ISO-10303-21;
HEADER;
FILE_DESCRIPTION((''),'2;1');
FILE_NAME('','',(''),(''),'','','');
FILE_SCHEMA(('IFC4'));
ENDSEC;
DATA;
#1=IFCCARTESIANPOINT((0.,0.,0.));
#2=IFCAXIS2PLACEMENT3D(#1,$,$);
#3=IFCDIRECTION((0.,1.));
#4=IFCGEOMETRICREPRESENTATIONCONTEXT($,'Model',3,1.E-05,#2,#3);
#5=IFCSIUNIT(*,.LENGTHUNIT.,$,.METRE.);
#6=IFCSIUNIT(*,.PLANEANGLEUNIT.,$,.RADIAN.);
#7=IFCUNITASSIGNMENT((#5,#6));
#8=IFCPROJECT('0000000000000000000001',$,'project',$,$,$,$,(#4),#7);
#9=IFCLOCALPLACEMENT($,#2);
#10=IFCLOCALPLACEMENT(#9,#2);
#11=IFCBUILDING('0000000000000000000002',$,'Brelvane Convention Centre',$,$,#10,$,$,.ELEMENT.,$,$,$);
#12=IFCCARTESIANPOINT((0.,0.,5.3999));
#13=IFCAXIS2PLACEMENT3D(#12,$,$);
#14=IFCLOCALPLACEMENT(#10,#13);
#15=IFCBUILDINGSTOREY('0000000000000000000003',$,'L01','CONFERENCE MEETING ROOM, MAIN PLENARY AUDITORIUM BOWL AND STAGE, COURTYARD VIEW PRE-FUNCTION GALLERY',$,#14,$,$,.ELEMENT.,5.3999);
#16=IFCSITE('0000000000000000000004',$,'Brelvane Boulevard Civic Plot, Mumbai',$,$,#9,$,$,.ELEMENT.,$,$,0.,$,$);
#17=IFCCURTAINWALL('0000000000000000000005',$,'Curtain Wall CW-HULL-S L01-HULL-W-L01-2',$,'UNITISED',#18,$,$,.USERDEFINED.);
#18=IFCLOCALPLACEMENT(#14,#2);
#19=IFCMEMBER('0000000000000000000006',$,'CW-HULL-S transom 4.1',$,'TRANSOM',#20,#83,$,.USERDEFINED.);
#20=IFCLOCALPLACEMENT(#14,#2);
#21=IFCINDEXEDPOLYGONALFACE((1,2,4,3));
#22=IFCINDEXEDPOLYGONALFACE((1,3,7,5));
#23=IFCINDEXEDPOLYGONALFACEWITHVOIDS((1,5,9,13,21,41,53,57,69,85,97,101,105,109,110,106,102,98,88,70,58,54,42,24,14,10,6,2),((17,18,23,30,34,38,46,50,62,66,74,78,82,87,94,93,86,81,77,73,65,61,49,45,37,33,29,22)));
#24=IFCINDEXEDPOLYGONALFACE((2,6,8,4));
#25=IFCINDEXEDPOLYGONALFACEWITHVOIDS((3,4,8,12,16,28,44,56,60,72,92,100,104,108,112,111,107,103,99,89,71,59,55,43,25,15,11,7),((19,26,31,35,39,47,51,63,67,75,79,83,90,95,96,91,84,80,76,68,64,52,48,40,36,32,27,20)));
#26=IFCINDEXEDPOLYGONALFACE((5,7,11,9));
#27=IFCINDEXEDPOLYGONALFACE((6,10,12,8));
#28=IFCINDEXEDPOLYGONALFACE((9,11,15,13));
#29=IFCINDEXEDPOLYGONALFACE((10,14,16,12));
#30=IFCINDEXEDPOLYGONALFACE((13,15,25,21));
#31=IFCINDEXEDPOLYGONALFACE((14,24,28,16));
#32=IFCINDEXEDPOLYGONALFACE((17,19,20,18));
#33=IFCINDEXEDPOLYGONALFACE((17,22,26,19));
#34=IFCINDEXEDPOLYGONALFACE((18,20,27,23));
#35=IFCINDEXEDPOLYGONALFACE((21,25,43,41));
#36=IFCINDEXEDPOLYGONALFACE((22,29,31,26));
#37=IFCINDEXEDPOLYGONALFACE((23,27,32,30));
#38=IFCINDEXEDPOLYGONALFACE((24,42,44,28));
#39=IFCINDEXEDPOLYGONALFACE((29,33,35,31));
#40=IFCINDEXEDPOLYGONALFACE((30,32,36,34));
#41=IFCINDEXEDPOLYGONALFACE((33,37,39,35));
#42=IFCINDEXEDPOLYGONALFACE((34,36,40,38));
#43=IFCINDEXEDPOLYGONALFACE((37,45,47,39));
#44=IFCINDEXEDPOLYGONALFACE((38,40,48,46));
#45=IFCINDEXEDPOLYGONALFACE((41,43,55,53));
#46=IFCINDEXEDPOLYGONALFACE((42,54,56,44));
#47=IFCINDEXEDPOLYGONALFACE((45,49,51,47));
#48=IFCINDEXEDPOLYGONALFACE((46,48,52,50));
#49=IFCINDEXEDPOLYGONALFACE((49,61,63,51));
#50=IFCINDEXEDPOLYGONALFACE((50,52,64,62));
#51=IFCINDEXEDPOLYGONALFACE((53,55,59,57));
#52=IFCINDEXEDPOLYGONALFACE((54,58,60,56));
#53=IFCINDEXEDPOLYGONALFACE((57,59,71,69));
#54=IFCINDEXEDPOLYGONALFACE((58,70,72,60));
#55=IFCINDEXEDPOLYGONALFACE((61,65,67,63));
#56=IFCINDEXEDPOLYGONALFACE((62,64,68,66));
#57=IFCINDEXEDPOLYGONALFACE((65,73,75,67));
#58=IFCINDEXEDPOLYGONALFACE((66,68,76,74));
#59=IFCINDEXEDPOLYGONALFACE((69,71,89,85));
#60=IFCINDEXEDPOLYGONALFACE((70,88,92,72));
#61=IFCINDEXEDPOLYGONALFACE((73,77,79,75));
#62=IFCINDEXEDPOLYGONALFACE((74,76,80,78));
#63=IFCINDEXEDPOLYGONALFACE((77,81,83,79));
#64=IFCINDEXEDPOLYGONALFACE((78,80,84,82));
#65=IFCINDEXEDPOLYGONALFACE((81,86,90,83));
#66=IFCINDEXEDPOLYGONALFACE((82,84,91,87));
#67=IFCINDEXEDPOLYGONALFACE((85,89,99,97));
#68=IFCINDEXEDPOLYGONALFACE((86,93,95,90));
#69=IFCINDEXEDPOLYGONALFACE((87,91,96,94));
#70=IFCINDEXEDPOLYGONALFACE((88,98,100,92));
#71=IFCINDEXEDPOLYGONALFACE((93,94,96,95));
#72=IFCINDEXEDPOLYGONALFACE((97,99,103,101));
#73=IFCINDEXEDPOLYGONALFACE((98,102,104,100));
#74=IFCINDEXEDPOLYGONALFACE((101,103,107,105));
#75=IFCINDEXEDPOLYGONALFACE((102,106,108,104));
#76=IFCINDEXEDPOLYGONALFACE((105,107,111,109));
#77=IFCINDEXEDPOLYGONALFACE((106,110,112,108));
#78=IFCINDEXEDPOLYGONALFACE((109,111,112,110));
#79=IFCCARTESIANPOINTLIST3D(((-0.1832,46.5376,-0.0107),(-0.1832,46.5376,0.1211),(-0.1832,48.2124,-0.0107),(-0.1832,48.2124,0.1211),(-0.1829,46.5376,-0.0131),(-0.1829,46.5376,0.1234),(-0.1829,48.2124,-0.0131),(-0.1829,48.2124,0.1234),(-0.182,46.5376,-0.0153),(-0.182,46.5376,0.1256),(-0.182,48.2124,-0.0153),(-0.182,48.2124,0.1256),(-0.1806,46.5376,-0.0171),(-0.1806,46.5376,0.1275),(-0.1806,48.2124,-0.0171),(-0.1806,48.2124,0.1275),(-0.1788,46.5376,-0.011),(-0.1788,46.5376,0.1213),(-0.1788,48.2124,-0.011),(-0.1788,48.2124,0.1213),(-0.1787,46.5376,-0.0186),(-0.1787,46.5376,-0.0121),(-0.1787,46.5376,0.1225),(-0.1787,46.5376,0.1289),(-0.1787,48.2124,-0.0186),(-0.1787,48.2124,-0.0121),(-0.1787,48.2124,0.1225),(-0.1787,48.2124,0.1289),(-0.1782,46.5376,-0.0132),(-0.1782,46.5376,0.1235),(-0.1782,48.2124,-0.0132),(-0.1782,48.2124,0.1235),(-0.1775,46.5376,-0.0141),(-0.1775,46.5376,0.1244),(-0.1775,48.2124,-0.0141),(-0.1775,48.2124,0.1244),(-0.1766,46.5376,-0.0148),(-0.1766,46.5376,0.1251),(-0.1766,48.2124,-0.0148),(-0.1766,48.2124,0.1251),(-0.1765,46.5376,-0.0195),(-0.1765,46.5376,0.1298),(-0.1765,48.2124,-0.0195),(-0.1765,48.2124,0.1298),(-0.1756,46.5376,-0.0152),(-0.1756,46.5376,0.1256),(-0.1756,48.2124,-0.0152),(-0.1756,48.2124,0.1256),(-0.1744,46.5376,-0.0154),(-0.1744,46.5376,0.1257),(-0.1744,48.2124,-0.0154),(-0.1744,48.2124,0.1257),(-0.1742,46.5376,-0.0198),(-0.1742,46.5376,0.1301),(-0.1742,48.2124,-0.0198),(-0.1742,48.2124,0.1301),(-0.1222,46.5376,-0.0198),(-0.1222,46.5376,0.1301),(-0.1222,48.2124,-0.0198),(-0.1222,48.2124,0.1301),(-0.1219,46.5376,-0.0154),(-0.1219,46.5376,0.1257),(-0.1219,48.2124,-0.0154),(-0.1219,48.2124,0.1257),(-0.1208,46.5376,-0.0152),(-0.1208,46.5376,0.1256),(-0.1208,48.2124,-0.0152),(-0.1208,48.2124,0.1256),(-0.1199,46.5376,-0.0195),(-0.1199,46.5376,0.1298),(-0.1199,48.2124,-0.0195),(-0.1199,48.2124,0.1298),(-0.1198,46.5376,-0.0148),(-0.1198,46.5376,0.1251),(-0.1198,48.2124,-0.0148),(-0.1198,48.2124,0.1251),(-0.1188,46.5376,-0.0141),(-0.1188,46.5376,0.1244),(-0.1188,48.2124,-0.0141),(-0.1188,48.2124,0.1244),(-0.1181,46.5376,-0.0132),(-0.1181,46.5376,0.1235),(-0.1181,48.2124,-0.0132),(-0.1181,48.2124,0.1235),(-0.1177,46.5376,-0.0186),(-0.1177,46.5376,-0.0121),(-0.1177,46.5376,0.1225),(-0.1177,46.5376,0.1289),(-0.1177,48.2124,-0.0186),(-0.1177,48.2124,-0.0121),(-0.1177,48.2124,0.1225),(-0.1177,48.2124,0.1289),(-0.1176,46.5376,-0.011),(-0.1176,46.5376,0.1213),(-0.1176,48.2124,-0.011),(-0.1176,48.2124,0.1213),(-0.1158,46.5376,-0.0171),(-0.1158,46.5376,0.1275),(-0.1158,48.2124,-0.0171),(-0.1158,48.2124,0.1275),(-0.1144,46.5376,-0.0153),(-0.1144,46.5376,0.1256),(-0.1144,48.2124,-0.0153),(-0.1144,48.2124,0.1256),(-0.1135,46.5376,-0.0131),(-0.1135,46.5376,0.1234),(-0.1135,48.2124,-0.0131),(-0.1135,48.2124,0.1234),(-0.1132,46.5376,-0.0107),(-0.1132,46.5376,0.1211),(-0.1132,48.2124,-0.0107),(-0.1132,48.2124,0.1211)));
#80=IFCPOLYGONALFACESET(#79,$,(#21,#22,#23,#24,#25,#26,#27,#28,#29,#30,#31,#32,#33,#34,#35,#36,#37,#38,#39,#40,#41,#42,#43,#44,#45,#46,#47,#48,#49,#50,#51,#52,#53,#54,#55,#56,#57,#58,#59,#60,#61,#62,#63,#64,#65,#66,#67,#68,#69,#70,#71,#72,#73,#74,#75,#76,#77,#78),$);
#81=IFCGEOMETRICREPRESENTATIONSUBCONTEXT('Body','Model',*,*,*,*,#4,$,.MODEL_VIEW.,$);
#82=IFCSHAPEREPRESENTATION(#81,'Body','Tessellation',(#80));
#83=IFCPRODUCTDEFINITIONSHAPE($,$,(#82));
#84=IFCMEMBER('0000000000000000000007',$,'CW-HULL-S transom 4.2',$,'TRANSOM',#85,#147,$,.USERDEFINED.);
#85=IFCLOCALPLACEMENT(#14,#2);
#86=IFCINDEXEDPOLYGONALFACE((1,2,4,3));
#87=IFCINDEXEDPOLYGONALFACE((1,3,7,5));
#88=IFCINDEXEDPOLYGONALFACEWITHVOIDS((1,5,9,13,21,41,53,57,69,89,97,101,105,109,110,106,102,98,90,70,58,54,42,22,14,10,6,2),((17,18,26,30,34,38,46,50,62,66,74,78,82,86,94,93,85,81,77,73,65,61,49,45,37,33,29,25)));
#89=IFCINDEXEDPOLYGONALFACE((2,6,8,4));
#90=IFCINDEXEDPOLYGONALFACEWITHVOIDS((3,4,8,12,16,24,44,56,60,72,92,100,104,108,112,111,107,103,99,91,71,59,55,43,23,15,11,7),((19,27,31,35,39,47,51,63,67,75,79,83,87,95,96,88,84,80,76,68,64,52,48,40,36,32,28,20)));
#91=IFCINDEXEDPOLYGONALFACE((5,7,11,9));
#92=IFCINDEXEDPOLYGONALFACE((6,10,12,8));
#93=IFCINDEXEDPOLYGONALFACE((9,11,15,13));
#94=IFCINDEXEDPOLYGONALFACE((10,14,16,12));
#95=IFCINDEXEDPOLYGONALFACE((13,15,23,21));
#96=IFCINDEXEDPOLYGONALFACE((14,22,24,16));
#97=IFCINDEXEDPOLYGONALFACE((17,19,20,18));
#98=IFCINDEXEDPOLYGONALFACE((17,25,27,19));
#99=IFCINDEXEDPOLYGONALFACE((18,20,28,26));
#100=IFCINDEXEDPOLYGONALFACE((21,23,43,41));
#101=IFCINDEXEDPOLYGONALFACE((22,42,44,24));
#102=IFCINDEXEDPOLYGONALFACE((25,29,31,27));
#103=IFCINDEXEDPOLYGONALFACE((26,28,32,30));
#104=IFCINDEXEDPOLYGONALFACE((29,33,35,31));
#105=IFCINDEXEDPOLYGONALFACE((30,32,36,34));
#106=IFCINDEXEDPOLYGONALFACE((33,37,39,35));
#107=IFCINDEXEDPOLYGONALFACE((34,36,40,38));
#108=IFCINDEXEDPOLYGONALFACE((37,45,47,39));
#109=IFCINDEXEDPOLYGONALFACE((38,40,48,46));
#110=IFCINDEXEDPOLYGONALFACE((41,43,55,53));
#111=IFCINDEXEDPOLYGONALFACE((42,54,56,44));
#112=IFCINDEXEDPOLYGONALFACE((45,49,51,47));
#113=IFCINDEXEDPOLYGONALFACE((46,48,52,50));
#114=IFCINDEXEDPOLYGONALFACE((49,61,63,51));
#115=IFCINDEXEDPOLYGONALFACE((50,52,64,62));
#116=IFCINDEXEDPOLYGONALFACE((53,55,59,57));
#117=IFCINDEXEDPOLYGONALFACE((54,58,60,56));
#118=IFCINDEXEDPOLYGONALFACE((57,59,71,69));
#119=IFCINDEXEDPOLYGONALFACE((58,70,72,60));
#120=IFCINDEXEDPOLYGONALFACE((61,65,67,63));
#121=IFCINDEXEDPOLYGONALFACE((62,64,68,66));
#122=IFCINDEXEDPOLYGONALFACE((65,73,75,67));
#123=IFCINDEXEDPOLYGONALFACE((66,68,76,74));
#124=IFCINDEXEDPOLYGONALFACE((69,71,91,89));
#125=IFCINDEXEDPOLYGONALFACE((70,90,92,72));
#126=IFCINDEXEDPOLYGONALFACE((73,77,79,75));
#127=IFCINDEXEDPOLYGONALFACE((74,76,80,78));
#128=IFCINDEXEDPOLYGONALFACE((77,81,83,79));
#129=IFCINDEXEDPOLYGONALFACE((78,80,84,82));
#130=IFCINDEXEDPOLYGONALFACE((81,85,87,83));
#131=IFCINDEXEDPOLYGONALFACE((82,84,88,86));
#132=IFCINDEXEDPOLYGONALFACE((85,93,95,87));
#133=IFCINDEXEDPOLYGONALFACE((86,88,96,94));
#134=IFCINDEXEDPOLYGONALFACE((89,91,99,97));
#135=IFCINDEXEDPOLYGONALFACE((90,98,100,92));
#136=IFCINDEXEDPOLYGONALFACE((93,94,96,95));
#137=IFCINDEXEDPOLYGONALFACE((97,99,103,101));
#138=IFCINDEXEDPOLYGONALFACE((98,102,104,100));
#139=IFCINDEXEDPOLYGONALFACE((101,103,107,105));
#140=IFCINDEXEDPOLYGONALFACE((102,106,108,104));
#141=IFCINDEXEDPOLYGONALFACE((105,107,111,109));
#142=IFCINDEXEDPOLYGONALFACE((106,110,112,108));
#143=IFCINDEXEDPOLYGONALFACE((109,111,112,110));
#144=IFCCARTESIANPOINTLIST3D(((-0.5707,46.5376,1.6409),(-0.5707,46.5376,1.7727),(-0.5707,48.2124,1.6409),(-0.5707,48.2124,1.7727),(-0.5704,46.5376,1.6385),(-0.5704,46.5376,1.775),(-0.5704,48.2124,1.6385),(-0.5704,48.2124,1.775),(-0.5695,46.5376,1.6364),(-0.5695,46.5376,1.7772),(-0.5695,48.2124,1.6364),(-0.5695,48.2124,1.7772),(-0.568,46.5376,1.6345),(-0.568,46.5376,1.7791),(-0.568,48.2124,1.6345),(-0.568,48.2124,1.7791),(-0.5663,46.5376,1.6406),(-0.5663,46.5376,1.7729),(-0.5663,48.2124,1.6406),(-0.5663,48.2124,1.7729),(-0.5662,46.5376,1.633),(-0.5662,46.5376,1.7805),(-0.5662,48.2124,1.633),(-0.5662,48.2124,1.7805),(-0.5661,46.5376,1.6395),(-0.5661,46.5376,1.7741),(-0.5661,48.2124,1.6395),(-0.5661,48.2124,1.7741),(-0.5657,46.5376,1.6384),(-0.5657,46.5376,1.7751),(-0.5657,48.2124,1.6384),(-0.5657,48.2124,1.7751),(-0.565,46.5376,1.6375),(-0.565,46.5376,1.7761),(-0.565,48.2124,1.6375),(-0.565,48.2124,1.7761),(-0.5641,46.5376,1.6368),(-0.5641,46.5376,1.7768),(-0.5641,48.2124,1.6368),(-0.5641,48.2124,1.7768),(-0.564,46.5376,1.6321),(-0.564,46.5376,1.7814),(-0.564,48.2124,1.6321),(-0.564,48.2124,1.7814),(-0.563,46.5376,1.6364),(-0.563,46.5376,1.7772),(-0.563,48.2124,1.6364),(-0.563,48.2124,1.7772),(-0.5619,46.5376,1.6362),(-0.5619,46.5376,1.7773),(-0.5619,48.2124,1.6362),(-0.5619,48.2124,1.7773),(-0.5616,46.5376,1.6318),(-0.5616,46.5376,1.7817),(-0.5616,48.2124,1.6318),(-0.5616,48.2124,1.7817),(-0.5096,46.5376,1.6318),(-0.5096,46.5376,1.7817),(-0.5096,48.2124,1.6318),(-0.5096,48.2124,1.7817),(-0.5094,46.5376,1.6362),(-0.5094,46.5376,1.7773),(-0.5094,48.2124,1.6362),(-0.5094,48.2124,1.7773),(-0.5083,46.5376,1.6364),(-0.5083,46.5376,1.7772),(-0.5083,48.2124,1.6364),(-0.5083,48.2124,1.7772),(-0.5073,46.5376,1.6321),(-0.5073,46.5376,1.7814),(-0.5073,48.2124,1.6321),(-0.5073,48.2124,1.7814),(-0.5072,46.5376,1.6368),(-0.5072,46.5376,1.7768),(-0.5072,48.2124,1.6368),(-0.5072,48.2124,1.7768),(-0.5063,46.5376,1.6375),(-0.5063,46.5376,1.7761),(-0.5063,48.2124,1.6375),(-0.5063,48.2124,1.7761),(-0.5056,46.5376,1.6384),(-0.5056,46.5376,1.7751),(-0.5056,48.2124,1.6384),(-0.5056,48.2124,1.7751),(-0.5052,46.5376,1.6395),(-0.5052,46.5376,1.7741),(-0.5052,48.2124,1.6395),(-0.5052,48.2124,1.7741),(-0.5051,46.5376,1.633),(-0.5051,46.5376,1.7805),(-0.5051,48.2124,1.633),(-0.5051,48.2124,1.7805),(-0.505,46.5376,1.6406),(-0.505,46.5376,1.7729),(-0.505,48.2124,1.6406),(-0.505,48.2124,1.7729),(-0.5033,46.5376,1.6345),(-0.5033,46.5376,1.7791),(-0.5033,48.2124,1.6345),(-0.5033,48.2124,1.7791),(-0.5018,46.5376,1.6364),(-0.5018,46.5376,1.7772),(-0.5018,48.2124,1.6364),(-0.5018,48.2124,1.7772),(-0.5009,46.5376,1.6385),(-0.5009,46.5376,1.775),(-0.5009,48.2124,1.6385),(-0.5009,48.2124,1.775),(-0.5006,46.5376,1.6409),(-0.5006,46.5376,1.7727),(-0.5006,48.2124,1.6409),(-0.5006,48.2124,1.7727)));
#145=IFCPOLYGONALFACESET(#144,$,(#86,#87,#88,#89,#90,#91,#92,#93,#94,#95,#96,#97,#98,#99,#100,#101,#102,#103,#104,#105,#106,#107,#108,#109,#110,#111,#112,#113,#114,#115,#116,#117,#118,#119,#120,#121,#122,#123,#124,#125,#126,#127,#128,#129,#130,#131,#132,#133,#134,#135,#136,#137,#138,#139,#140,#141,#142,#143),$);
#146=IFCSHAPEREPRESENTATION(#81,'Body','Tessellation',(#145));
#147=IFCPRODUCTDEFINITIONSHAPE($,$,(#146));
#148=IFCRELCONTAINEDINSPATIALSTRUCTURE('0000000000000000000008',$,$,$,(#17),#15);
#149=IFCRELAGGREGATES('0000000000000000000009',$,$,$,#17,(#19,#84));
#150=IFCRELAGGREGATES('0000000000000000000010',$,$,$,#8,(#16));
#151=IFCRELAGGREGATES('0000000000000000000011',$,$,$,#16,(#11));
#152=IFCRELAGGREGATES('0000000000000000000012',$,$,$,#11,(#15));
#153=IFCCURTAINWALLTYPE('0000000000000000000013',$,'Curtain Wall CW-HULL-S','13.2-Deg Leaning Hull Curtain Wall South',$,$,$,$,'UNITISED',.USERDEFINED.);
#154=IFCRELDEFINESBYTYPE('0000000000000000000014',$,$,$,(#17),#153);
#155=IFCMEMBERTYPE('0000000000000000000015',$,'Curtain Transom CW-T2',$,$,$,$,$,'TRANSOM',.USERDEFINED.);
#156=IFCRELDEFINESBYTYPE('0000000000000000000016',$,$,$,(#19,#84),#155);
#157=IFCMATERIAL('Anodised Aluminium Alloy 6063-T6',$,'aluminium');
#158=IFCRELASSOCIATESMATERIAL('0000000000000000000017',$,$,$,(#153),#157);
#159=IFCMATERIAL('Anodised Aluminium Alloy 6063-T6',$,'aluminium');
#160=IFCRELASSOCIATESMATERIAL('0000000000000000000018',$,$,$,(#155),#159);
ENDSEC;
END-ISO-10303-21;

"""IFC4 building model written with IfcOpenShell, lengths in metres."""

from ifc_helpers import new_model, si_unit, direction, frame, origin, origin_2d, place, context, subcontext, project, spatial, hollow_rectangle, extrude, material, material_profile, profile_set, type_object, element, aggregate, save


model = new_model("IFC4")

# Units and contexts
model_context = context("Model", 3, precision=1e-05, world=origin(), true_north=direction((0.0, 1.0)))
body_context = subcontext(model_context, "Body", "Model", "MODEL_VIEW")
ifc_project = project(units=[si_unit("LENGTHUNIT", "METRE"), si_unit("PLANEANGLEUNIT", "RADIAN")], contexts=[model_context])

# Site, building, storey
site_placement = place(None, origin())
site = spatial("IfcSite", under=ifc_project, at=site_placement, Name="Brelvane Boulevard Civic Plot, Mumbai", CompositionType="ELEMENT", RefElevation=0.0)
building_placement = place(site_placement, origin())
building = spatial("IfcBuilding", under=site, at=building_placement, Name="Brelvane Convention Centre", CompositionType="ELEMENT")
storey_placement = place(building_placement, frame((0.0, 0.0, 5.3999)))
storey = spatial("IfcBuildingStorey", under=building, at=storey_placement, Name="L01", Description="CONFERENCE MEETING ROOM, MAIN PLENARY AUDITORIUM BOWL AND STAGE, COURTYARD VIEW PRE-FUNCTION GALLERY", CompositionType="ELEMENT", Elevation=5.3999)

# Curtain wall, members
ifc_material_1 = material(Name="Anodised Aluminium Alloy 6063-T6", Category="aluminium")
curtain_wall_type = type_object("IfcCurtainWallType", Name="Curtain Wall CW-HULL-S", Description="13.2-Deg Leaning Hull Curtain Wall South", ElementType="UNITISED", PredefinedType="USERDEFINED", material=ifc_material_1)
curtain_wall_placement = place(storey_placement, origin())
curtain_wall = element("IfcCurtainWall", 1, at=curtain_wall_placement, inside=storey, type_object=curtain_wall_type, Name="Curtain Wall CW-HULL-S L01-HULL-W-L01-2", ObjectType="UNITISED", PredefinedType="USERDEFINED")
ifc_material_2 = material(Name="Anodised Aluminium Alloy 6063-T6", Category="aluminium")
ifc_material_profile_1 = material_profile(ifc_material_2, hollow_rectangle(XDim=0.0701, YDim=0.1499, WallThickness=0.0044, InnerFilletRadius=0.0044, OuterFilletRadius=0.009, at=origin_2d()), Name="ALU-T 150x70x4.5")
ifc_profile_set_1 = profile_set([ifc_material_profile_1], Name="Anodised Aluminium Alloy 6063-T6")
member_type_1 = type_object("IfcMemberType", Name="Curtain Transom CW-T2", ElementType="TRANSOM", PredefinedType="USERDEFINED", material=ifc_profile_set_1)
member_1_placement = place(storey_placement, frame((-0.1482, 46.5376, 0.0552), z_axis=(0.0, 1.0, 0.0), x_axis=(-1.0, 0.0, 0.0)))
member_1 = element("IfcMember", 2, at=member_1_placement, type_object=member_type_1, Name="CW-HULL-S transom 4.1", ObjectType="TRANSOM", PredefinedType="USERDEFINED", context=body_context, shape_type="SweptSolid", body=[
    extrude(hollow_rectangle(XDim=0.0701, YDim=0.1499, WallThickness=0.0044, InnerFilletRadius=0.0044, OuterFilletRadius=0.009, at=origin_2d()), origin(), (0.0, 0.0, 1.0), 1.6748),
])
member_2_placement = place(storey_placement, frame((-0.5356, 46.5376, 1.7068), z_axis=(0.0, 1.0, 0.0), x_axis=(-1.0, 0.0, 0.0)))
member_2 = element("IfcMember", 3, at=member_2_placement, type_object=member_type_1, Name="CW-HULL-S transom 4.2", ObjectType="TRANSOM", PredefinedType="USERDEFINED", context=body_context, shape_type="SweptSolid", body=[
    extrude(hollow_rectangle(XDim=0.0701, YDim=0.1499, WallThickness=0.0044, InnerFilletRadius=0.0044, OuterFilletRadius=0.009, at=origin_2d()), origin(), (0.0, 0.0, 1.0), 1.6748),
])
aggregate(curtain_wall, [member_1, member_2])

save(model, "model.ifc")
